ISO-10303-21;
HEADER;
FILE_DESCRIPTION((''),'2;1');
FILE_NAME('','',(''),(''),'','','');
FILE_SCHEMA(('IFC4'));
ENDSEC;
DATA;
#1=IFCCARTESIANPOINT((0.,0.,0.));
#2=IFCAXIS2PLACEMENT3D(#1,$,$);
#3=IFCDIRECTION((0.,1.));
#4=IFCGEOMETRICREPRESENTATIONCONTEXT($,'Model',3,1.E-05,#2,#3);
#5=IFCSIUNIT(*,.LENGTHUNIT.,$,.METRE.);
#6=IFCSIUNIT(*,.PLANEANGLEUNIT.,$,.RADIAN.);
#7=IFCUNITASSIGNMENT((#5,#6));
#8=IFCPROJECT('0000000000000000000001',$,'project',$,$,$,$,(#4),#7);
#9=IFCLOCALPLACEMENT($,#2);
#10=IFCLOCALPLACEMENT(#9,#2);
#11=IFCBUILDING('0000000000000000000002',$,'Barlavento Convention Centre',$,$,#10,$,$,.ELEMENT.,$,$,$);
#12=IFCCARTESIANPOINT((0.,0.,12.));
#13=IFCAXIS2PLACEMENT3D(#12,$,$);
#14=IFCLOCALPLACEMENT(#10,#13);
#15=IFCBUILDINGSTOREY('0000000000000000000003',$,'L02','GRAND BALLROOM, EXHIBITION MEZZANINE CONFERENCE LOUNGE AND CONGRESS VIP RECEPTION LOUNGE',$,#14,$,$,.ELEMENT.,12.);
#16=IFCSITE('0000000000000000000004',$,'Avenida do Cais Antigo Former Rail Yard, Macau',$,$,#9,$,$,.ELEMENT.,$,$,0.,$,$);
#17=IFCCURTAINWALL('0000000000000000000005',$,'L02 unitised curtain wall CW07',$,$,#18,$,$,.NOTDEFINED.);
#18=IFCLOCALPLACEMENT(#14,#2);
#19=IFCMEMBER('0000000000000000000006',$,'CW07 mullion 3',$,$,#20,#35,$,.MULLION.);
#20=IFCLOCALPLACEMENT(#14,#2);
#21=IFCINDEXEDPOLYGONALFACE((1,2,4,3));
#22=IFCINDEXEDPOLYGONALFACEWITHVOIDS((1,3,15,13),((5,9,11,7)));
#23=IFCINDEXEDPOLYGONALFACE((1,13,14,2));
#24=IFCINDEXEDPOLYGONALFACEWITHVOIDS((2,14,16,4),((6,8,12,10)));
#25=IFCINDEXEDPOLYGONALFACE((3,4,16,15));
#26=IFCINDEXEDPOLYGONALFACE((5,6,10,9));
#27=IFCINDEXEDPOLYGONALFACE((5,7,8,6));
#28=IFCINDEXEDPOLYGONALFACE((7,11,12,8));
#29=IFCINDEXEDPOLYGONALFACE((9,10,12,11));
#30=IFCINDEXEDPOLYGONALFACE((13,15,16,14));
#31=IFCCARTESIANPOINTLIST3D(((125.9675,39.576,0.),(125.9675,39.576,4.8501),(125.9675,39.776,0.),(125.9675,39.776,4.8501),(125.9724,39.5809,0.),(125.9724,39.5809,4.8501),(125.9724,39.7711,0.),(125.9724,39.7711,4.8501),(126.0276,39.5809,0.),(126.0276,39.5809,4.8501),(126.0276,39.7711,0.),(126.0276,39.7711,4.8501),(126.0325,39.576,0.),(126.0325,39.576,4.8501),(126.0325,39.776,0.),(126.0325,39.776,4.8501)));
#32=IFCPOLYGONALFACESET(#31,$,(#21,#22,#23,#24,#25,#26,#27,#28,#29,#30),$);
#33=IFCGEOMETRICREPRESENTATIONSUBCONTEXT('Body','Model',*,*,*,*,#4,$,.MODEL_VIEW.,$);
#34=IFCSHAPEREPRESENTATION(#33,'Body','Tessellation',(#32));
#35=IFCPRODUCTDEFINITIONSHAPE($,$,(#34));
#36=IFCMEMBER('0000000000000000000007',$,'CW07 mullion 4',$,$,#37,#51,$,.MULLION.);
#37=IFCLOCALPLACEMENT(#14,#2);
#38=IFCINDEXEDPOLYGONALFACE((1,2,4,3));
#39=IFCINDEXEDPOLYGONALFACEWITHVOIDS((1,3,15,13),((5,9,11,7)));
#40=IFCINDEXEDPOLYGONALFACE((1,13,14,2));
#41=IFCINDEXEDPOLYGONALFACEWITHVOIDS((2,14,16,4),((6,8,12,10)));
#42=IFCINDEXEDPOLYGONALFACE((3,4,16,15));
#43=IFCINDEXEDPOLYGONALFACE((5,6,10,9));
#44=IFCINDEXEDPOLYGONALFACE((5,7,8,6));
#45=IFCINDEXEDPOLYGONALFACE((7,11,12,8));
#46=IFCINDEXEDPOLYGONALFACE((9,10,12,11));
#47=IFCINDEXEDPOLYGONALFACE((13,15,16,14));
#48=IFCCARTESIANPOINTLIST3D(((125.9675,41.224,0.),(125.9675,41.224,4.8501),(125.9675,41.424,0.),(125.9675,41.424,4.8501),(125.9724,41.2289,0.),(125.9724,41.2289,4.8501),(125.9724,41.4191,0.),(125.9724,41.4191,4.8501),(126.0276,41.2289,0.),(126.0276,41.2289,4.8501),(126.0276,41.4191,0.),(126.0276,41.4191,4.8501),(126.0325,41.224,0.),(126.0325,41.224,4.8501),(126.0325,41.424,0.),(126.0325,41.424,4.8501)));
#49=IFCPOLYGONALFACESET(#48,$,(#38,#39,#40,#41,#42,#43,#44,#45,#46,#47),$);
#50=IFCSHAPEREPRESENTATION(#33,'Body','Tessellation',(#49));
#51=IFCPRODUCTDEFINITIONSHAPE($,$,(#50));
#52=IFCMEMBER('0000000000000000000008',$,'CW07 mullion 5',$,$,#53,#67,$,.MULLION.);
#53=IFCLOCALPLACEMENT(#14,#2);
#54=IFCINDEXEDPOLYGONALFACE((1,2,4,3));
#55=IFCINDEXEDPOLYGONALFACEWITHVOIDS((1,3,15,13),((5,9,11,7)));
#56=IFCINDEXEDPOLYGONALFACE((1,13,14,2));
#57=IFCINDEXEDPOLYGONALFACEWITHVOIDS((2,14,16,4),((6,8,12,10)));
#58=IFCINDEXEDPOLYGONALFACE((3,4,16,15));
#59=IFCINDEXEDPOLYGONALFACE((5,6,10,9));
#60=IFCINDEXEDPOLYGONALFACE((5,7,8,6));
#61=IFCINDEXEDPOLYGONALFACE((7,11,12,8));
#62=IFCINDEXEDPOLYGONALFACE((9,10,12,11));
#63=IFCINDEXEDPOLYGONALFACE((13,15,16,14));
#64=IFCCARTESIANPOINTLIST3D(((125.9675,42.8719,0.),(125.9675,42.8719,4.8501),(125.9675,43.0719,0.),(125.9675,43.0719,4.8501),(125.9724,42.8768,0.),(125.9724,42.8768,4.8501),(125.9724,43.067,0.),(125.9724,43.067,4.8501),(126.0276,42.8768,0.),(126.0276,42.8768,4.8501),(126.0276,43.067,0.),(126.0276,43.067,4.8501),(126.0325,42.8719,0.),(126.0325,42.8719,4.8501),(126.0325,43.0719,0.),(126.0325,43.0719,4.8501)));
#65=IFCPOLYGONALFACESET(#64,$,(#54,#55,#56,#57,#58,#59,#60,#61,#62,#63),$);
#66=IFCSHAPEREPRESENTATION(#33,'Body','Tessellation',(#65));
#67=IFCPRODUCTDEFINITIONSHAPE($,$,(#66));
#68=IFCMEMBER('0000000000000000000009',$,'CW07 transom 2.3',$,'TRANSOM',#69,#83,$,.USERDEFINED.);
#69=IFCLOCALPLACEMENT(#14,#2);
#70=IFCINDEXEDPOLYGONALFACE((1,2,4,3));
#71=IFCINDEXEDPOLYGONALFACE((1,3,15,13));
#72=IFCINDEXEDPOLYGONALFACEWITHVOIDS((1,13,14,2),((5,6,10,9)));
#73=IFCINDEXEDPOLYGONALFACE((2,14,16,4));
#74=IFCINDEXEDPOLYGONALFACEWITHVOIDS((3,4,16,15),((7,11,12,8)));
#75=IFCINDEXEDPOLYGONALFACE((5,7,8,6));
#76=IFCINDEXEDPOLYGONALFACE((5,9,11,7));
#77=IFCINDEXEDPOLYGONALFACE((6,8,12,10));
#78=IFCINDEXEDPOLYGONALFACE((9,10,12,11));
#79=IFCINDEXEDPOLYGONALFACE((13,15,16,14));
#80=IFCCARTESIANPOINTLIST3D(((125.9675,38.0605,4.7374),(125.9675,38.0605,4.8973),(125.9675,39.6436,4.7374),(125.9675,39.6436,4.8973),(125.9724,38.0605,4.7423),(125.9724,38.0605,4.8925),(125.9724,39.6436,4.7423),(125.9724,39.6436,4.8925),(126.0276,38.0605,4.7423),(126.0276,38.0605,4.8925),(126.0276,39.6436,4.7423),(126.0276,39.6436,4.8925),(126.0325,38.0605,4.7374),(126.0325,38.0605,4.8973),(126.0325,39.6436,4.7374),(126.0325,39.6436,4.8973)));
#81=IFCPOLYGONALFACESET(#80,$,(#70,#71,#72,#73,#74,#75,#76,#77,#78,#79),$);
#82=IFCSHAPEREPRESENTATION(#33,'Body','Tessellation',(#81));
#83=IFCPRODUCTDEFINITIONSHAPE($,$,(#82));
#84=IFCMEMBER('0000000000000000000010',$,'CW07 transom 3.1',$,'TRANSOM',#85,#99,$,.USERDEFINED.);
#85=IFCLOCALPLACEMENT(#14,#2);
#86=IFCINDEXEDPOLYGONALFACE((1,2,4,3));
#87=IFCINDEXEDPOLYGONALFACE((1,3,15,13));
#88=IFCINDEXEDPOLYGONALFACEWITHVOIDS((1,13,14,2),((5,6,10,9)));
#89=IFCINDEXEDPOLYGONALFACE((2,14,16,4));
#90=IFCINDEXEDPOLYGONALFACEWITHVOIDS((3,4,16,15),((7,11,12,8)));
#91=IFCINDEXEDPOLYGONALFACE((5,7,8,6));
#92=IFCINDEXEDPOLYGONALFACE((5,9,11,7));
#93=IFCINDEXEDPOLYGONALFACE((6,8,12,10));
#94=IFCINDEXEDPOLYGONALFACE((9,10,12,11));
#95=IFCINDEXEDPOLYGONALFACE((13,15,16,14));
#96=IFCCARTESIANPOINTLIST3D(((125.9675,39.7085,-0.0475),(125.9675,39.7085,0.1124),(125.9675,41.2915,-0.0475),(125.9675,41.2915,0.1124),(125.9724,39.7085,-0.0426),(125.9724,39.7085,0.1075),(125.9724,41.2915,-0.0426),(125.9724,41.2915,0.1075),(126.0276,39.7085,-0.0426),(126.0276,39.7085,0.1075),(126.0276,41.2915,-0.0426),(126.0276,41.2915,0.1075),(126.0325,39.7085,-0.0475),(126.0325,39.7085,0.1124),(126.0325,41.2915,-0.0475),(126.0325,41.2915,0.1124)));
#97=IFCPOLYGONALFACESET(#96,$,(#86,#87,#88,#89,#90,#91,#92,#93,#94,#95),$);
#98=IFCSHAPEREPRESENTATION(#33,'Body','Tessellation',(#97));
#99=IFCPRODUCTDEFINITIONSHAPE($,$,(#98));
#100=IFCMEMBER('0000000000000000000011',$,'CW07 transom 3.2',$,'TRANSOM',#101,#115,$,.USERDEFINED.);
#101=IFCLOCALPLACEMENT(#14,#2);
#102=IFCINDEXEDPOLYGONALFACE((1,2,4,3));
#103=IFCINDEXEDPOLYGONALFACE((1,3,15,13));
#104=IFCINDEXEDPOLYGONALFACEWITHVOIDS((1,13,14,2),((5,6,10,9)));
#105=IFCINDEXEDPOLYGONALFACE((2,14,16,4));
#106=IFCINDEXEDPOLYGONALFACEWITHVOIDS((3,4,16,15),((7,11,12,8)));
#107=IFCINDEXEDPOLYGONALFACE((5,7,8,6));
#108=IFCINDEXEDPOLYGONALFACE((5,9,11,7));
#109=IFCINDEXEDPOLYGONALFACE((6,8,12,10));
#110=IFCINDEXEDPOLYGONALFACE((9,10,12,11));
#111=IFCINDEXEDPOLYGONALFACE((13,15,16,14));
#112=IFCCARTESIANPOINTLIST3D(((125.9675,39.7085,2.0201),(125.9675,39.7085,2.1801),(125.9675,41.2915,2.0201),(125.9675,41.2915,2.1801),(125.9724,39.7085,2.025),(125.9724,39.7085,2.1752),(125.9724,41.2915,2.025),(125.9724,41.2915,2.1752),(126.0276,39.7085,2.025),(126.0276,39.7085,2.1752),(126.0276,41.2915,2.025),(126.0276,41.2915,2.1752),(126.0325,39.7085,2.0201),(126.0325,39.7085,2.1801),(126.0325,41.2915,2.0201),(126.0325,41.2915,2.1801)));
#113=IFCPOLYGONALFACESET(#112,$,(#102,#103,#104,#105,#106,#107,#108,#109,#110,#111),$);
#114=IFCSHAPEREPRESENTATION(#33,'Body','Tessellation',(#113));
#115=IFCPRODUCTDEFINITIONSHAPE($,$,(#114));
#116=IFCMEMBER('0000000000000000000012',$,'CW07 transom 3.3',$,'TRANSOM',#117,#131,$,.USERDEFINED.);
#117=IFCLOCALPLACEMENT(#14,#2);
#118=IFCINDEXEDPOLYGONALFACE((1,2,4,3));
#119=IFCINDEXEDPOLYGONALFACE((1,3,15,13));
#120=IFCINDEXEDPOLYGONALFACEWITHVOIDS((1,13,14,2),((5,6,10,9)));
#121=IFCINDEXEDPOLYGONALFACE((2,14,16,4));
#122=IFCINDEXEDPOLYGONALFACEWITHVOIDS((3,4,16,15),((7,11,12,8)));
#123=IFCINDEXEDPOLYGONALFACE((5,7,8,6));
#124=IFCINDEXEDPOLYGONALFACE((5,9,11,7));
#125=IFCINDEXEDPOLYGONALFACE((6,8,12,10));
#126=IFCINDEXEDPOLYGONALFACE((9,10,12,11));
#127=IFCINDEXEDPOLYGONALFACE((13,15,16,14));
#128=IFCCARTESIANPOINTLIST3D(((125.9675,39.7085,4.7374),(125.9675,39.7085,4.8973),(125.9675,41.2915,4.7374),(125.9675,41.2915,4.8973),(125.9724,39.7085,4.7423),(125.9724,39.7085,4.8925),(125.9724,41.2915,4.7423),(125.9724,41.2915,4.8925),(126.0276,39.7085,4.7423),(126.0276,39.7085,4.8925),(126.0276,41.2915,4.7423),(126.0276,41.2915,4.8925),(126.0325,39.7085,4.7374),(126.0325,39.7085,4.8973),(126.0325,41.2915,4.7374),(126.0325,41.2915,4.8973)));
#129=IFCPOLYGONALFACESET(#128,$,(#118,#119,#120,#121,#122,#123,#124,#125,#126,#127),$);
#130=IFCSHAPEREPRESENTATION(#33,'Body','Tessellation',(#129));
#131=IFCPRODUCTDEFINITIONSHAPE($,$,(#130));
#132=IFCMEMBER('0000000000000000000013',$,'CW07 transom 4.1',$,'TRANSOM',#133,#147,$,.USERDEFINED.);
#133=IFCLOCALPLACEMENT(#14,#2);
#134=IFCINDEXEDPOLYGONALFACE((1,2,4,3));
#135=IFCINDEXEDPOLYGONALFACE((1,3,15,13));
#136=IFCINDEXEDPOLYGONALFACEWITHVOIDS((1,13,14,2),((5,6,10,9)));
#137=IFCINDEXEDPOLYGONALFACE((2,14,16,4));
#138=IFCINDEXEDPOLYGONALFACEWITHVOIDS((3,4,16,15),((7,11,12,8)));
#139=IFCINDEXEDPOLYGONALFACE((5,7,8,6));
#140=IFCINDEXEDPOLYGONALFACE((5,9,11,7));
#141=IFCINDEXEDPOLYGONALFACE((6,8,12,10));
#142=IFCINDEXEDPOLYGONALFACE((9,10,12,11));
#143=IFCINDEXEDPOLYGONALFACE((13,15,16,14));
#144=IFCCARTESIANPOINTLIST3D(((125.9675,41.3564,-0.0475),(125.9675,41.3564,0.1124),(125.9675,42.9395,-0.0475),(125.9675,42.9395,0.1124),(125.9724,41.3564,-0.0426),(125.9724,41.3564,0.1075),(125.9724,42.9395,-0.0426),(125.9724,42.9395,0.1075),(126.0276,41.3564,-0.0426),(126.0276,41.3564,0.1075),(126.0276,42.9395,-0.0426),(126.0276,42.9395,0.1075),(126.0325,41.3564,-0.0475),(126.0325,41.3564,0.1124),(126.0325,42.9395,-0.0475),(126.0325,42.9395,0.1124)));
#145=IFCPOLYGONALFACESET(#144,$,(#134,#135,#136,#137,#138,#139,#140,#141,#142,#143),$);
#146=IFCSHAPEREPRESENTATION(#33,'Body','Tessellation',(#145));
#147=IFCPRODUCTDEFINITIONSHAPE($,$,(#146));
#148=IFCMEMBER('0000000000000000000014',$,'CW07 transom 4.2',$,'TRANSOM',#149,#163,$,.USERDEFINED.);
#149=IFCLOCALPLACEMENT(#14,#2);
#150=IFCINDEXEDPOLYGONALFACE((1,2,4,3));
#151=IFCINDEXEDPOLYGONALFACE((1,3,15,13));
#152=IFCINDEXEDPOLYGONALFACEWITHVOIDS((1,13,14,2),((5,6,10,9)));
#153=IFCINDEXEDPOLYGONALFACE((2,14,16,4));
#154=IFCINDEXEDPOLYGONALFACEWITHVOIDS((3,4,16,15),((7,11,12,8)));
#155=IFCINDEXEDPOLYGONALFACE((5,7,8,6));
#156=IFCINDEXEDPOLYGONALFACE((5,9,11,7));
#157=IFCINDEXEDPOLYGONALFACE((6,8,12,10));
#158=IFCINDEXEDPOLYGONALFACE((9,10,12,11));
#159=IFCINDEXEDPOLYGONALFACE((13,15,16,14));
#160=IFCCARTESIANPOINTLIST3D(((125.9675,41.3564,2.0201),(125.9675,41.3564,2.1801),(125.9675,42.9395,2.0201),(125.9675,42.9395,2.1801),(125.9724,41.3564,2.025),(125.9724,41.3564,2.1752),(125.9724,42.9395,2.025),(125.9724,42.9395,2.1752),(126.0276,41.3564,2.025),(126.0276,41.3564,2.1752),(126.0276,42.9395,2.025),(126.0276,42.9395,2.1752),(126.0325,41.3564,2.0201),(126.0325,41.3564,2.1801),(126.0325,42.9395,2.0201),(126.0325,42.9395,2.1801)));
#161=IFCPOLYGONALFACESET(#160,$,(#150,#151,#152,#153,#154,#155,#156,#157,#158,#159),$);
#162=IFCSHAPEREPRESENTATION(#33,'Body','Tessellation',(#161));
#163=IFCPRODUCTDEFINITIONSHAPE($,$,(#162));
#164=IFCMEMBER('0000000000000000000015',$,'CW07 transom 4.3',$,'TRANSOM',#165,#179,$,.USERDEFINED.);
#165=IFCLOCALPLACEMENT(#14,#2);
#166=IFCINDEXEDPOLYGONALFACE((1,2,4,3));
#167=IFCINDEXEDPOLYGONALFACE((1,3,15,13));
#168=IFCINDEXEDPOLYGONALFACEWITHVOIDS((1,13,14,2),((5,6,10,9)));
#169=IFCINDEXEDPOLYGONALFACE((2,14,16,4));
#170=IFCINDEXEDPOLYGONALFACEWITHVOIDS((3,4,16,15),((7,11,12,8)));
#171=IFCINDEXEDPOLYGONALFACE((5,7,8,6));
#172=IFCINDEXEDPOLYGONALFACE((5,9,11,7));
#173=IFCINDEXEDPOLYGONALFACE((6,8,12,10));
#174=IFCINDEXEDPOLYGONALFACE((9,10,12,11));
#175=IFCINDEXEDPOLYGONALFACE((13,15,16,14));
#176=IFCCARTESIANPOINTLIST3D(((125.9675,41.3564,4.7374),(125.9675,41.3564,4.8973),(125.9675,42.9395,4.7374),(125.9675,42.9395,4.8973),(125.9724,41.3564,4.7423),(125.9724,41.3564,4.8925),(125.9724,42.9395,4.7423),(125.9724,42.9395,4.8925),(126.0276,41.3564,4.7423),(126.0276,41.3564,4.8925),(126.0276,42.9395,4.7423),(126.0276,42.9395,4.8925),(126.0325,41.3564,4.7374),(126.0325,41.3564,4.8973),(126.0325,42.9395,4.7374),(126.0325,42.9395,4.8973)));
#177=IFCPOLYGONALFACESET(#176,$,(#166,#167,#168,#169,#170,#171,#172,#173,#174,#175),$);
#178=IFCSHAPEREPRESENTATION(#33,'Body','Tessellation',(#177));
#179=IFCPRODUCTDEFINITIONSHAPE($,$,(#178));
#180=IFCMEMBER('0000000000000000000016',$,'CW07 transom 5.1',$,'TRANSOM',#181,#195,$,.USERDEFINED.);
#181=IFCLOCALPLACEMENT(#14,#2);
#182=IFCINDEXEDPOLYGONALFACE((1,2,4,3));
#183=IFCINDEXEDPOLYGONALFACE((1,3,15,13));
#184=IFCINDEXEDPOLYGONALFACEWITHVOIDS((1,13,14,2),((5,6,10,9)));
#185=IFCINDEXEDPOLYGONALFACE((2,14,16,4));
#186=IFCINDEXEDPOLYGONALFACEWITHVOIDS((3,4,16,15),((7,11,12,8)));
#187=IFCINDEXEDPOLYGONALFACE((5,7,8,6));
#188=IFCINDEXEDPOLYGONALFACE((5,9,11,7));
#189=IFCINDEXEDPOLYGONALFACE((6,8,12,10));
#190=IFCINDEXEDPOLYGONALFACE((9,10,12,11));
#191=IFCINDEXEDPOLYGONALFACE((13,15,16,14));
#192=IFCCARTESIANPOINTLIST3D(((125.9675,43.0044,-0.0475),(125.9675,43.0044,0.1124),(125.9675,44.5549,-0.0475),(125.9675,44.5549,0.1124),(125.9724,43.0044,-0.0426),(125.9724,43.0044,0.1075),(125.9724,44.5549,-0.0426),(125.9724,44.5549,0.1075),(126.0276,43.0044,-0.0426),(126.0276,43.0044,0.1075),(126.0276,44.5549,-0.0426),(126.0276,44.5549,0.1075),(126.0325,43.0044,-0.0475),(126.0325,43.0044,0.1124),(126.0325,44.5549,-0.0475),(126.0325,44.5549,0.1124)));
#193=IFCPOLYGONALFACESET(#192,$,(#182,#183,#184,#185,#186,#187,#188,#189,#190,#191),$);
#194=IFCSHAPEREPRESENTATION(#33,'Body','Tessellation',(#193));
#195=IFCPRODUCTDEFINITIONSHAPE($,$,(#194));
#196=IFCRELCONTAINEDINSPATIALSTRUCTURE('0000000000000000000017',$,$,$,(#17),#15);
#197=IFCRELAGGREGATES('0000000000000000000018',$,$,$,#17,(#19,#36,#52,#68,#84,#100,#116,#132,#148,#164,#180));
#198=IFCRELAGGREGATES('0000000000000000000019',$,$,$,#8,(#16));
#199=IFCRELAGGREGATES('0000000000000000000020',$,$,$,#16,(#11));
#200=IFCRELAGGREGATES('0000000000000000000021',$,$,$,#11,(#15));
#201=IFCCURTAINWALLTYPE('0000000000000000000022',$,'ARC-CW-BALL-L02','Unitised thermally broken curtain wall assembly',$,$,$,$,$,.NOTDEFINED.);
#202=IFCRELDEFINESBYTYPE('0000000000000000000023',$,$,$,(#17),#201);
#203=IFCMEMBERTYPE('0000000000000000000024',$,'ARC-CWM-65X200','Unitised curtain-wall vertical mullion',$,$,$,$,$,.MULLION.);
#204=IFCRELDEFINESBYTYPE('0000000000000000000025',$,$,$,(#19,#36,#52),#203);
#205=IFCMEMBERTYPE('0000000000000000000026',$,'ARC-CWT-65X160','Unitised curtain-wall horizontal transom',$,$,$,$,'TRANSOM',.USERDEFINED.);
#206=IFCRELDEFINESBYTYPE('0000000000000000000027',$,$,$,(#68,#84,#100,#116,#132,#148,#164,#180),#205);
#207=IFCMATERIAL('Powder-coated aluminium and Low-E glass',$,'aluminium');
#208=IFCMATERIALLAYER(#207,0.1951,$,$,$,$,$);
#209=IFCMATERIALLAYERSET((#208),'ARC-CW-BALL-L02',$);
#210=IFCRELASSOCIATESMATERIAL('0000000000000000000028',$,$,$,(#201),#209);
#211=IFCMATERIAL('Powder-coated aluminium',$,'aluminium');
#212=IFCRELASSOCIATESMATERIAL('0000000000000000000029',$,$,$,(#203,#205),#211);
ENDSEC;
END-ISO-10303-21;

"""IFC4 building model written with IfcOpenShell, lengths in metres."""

from ifc_helpers import new_model, si_unit, direction, frame, origin, origin_2d, place, context, subcontext, project, spatial, hollow_rectangle, extrude, material, layer, layer_set, material_profile, profile_set, type_object, element, aggregate, save


model = new_model("IFC4")

# Units and contexts
model_context = context("Model", 3, precision=1e-05, world=origin(), true_north=direction((0.0, 1.0)))
body_context = subcontext(model_context, "Body", "Model", "MODEL_VIEW")
ifc_project = project(units=[si_unit("LENGTHUNIT", "METRE"), si_unit("PLANEANGLEUNIT", "RADIAN")], contexts=[model_context])

# Site, building, storey
site_placement = place(None, origin())
site = spatial("IfcSite", under=ifc_project, at=site_placement, Name="Avenida do Cais Antigo Former Rail Yard, Macau", CompositionType="ELEMENT", RefElevation=0.0)
building_placement = place(site_placement, origin())
building = spatial("IfcBuilding", under=site, at=building_placement, Name="Barlavento Convention Centre", CompositionType="ELEMENT")
storey_placement = place(building_placement, frame((0.0, 0.0, 12.0)))
storey = spatial("IfcBuildingStorey", under=building, at=storey_placement, Name="L02", Description="GRAND BALLROOM, EXHIBITION MEZZANINE CONFERENCE LOUNGE AND CONGRESS VIP RECEPTION LOUNGE", CompositionType="ELEMENT", Elevation=12.0)

# Curtain wall, members
ifc_material_1 = material(Name="Powder-coated aluminium and Low-E glass", Category="aluminium")
ifc_layer_1 = layer(ifc_material_1, 0.1951)
ifc_layer_set_1 = layer_set([ifc_layer_1], Name="ARC-CW-BALL-L02")
curtain_wall_type = type_object("IfcCurtainWallType", Name="ARC-CW-BALL-L02", Description="Unitised thermally broken curtain wall assembly", PredefinedType="NOTDEFINED", material=ifc_layer_set_1)
curtain_wall_placement = place(storey_placement, origin())
curtain_wall = element("IfcCurtainWall", 1, at=curtain_wall_placement, inside=storey, type_object=curtain_wall_type, Name="L02 unitised curtain wall CW07", PredefinedType="NOTDEFINED")
ifc_material_2 = material(Name="Powder-coated aluminium", Category="aluminium")
ifc_material_profile_1 = material_profile(ifc_material_2, hollow_rectangle(XDim=0.0649, YDim=0.2, WallThickness=0.0049, at=origin_2d()), Name="AL-MULL 65x200x5")
ifc_profile_set_1 = profile_set([ifc_material_profile_1], Name="Powder-coated aluminium")
member_type_1 = type_object("IfcMemberType", Name="ARC-CWM-65X200", Description="Unitised curtain-wall vertical mullion", PredefinedType="MULLION", material=ifc_profile_set_1)
member_1_placement = place(storey_placement, frame((126.0, 39.676, 0.0), z_axis=(0.0, 0.0, 1.0), x_axis=(-1.0, 0.0, 0.0)))
member_1 = element("IfcMember", 2, at=member_1_placement, type_object=member_type_1, Name="CW07 mullion 3", PredefinedType="MULLION", context=body_context, shape_type="SweptSolid", body=[
    extrude(hollow_rectangle(XDim=0.0649, YDim=0.2, WallThickness=0.0049, at=origin_2d()), origin(), (0.0, 0.0, 1.0), 4.8501),
])
member_2_placement = place(storey_placement, frame((126.0, 41.324, 0.0), z_axis=(0.0, 0.0, 1.0), x_axis=(-1.0, 0.0, 0.0)))
member_2 = element("IfcMember", 3, at=member_2_placement, type_object=member_type_1, Name="CW07 mullion 4", PredefinedType="MULLION", context=body_context, shape_type="SweptSolid", body=[
    extrude(hollow_rectangle(XDim=0.0649, YDim=0.2, WallThickness=0.0049, at=origin_2d()), origin(), (0.0, 0.0, 1.0), 4.8501),
])
member_3_placement = place(storey_placement, frame((126.0, 42.9719, 0.0), z_axis=(0.0, 0.0, 1.0), x_axis=(-1.0, 0.0, 0.0)))
member_3 = element("IfcMember", 4, at=member_3_placement, type_object=member_type_1, Name="CW07 mullion 5", PredefinedType="MULLION", context=body_context, shape_type="SweptSolid", body=[
    extrude(hollow_rectangle(XDim=0.0649, YDim=0.2, WallThickness=0.0049, at=origin_2d()), origin(), (0.0, 0.0, 1.0), 4.8501),
])
ifc_material_profile_2 = material_profile(ifc_material_2, hollow_rectangle(XDim=0.0649, YDim=0.1599, WallThickness=0.0049, at=origin_2d()), Name="AL-TRAN 65x160x5")
ifc_profile_set_2 = profile_set([ifc_material_profile_2], Name="Powder-coated aluminium")
member_type_2 = type_object("IfcMemberType", Name="ARC-CWT-65X160", Description="Unitised curtain-wall horizontal transom", ElementType="TRANSOM", PredefinedType="USERDEFINED", material=ifc_profile_set_2)
member_4_placement = place(storey_placement, frame((126.0, 38.0605, 4.8174), z_axis=(0.0, 1.0, 0.0), x_axis=(-1.0, 0.0, 0.0)))
member_4 = element("IfcMember", 5, at=member_4_placement, type_object=member_type_2, Name="CW07 transom 2.3", ObjectType="TRANSOM", PredefinedType="USERDEFINED", context=body_context, shape_type="SweptSolid", body=[
    extrude(hollow_rectangle(XDim=0.0649, YDim=0.1599, WallThickness=0.0049, at=origin_2d()), origin(), (0.0, 0.0, 1.0), 1.583),
])
member_5_placement = place(storey_placement, frame((126.0, 39.7085, 0.0325), z_axis=(0.0, 1.0, 0.0), x_axis=(-1.0, 0.0, 0.0)))
member_5 = element("IfcMember", 6, at=member_5_placement, type_object=member_type_2, Name="CW07 transom 3.1", ObjectType="TRANSOM", PredefinedType="USERDEFINED", context=body_context, shape_type="SweptSolid", body=[
    extrude(hollow_rectangle(XDim=0.0649, YDim=0.1599, WallThickness=0.0049, at=origin_2d()), origin(), (0.0, 0.0, 1.0), 1.583),
])
member_6_placement = place(storey_placement, frame((126.0, 39.7085, 2.1001), z_axis=(0.0, 1.0, 0.0), x_axis=(-1.0, 0.0, 0.0)))
member_6 = element("IfcMember", 7, at=member_6_placement, type_object=member_type_2, Name="CW07 transom 3.2", ObjectType="TRANSOM", PredefinedType="USERDEFINED", context=body_context, shape_type="SweptSolid", body=[
    extrude(hollow_rectangle(XDim=0.0649, YDim=0.1599, WallThickness=0.0049, at=origin_2d()), origin(), (0.0, 0.0, 1.0), 1.583),
])
member_7_placement = place(storey_placement, frame((126.0, 39.7085, 4.8174), z_axis=(0.0, 1.0, 0.0), x_axis=(-1.0, 0.0, 0.0)))
member_7 = element("IfcMember", 8, at=member_7_placement, type_object=member_type_2, Name="CW07 transom 3.3", ObjectType="TRANSOM", PredefinedType="USERDEFINED", context=body_context, shape_type="SweptSolid", body=[
    extrude(hollow_rectangle(XDim=0.0649, YDim=0.1599, WallThickness=0.0049, at=origin_2d()), origin(), (0.0, 0.0, 1.0), 1.583),
])
member_8_placement = place(storey_placement, frame((126.0, 41.3564, 0.0325), z_axis=(0.0, 1.0, 0.0), x_axis=(-1.0, 0.0, 0.0)))
member_8 = element("IfcMember", 9, at=member_8_placement, type_object=member_type_2, Name="CW07 transom 4.1", ObjectType="TRANSOM", PredefinedType="USERDEFINED", context=body_context, shape_type="SweptSolid", body=[
    extrude(hollow_rectangle(XDim=0.0649, YDim=0.1599, WallThickness=0.0049, at=origin_2d()), origin(), (0.0, 0.0, 1.0), 1.583),
])
member_9_placement = place(storey_placement, frame((126.0, 41.3564, 2.1001), z_axis=(0.0, 1.0, 0.0), x_axis=(-1.0, 0.0, 0.0)))
member_9 = element("IfcMember", 10, at=member_9_placement, type_object=member_type_2, Name="CW07 transom 4.2", ObjectType="TRANSOM", PredefinedType="USERDEFINED", context=body_context, shape_type="SweptSolid", body=[
    extrude(hollow_rectangle(XDim=0.0649, YDim=0.1599, WallThickness=0.0049, at=origin_2d()), origin(), (0.0, 0.0, 1.0), 1.583),
])
member_10_placement = place(storey_placement, frame((126.0, 41.3564, 4.8174), z_axis=(0.0, 1.0, 0.0), x_axis=(-1.0, 0.0, 0.0)))
member_10 = element("IfcMember", 11, at=member_10_placement, type_object=member_type_2, Name="CW07 transom 4.3", ObjectType="TRANSOM", PredefinedType="USERDEFINED", context=body_context, shape_type="SweptSolid", body=[
    extrude(hollow_rectangle(XDim=0.0649, YDim=0.1599, WallThickness=0.0049, at=origin_2d()), origin(), (0.0, 0.0, 1.0), 1.583),
])
member_11_placement = place(storey_placement, frame((126.0, 43.0044, 0.0325), z_axis=(0.0, 1.0, 0.0), x_axis=(-1.0, 0.0, 0.0)))
member_11 = element("IfcMember", 12, at=member_11_placement, type_object=member_type_2, Name="CW07 transom 5.1", ObjectType="TRANSOM", PredefinedType="USERDEFINED", context=body_context, shape_type="SweptSolid", body=[
    extrude(hollow_rectangle(XDim=0.0649, YDim=0.1599, WallThickness=0.0049, at=origin_2d()), origin(), (0.0, 0.0, 1.0), 1.5505),
])
aggregate(curtain_wall, [member_1, member_2, member_3, member_4, member_5, member_6, member_7, member_8, member_9, member_10, member_11])

save(model, "model.ifc")
